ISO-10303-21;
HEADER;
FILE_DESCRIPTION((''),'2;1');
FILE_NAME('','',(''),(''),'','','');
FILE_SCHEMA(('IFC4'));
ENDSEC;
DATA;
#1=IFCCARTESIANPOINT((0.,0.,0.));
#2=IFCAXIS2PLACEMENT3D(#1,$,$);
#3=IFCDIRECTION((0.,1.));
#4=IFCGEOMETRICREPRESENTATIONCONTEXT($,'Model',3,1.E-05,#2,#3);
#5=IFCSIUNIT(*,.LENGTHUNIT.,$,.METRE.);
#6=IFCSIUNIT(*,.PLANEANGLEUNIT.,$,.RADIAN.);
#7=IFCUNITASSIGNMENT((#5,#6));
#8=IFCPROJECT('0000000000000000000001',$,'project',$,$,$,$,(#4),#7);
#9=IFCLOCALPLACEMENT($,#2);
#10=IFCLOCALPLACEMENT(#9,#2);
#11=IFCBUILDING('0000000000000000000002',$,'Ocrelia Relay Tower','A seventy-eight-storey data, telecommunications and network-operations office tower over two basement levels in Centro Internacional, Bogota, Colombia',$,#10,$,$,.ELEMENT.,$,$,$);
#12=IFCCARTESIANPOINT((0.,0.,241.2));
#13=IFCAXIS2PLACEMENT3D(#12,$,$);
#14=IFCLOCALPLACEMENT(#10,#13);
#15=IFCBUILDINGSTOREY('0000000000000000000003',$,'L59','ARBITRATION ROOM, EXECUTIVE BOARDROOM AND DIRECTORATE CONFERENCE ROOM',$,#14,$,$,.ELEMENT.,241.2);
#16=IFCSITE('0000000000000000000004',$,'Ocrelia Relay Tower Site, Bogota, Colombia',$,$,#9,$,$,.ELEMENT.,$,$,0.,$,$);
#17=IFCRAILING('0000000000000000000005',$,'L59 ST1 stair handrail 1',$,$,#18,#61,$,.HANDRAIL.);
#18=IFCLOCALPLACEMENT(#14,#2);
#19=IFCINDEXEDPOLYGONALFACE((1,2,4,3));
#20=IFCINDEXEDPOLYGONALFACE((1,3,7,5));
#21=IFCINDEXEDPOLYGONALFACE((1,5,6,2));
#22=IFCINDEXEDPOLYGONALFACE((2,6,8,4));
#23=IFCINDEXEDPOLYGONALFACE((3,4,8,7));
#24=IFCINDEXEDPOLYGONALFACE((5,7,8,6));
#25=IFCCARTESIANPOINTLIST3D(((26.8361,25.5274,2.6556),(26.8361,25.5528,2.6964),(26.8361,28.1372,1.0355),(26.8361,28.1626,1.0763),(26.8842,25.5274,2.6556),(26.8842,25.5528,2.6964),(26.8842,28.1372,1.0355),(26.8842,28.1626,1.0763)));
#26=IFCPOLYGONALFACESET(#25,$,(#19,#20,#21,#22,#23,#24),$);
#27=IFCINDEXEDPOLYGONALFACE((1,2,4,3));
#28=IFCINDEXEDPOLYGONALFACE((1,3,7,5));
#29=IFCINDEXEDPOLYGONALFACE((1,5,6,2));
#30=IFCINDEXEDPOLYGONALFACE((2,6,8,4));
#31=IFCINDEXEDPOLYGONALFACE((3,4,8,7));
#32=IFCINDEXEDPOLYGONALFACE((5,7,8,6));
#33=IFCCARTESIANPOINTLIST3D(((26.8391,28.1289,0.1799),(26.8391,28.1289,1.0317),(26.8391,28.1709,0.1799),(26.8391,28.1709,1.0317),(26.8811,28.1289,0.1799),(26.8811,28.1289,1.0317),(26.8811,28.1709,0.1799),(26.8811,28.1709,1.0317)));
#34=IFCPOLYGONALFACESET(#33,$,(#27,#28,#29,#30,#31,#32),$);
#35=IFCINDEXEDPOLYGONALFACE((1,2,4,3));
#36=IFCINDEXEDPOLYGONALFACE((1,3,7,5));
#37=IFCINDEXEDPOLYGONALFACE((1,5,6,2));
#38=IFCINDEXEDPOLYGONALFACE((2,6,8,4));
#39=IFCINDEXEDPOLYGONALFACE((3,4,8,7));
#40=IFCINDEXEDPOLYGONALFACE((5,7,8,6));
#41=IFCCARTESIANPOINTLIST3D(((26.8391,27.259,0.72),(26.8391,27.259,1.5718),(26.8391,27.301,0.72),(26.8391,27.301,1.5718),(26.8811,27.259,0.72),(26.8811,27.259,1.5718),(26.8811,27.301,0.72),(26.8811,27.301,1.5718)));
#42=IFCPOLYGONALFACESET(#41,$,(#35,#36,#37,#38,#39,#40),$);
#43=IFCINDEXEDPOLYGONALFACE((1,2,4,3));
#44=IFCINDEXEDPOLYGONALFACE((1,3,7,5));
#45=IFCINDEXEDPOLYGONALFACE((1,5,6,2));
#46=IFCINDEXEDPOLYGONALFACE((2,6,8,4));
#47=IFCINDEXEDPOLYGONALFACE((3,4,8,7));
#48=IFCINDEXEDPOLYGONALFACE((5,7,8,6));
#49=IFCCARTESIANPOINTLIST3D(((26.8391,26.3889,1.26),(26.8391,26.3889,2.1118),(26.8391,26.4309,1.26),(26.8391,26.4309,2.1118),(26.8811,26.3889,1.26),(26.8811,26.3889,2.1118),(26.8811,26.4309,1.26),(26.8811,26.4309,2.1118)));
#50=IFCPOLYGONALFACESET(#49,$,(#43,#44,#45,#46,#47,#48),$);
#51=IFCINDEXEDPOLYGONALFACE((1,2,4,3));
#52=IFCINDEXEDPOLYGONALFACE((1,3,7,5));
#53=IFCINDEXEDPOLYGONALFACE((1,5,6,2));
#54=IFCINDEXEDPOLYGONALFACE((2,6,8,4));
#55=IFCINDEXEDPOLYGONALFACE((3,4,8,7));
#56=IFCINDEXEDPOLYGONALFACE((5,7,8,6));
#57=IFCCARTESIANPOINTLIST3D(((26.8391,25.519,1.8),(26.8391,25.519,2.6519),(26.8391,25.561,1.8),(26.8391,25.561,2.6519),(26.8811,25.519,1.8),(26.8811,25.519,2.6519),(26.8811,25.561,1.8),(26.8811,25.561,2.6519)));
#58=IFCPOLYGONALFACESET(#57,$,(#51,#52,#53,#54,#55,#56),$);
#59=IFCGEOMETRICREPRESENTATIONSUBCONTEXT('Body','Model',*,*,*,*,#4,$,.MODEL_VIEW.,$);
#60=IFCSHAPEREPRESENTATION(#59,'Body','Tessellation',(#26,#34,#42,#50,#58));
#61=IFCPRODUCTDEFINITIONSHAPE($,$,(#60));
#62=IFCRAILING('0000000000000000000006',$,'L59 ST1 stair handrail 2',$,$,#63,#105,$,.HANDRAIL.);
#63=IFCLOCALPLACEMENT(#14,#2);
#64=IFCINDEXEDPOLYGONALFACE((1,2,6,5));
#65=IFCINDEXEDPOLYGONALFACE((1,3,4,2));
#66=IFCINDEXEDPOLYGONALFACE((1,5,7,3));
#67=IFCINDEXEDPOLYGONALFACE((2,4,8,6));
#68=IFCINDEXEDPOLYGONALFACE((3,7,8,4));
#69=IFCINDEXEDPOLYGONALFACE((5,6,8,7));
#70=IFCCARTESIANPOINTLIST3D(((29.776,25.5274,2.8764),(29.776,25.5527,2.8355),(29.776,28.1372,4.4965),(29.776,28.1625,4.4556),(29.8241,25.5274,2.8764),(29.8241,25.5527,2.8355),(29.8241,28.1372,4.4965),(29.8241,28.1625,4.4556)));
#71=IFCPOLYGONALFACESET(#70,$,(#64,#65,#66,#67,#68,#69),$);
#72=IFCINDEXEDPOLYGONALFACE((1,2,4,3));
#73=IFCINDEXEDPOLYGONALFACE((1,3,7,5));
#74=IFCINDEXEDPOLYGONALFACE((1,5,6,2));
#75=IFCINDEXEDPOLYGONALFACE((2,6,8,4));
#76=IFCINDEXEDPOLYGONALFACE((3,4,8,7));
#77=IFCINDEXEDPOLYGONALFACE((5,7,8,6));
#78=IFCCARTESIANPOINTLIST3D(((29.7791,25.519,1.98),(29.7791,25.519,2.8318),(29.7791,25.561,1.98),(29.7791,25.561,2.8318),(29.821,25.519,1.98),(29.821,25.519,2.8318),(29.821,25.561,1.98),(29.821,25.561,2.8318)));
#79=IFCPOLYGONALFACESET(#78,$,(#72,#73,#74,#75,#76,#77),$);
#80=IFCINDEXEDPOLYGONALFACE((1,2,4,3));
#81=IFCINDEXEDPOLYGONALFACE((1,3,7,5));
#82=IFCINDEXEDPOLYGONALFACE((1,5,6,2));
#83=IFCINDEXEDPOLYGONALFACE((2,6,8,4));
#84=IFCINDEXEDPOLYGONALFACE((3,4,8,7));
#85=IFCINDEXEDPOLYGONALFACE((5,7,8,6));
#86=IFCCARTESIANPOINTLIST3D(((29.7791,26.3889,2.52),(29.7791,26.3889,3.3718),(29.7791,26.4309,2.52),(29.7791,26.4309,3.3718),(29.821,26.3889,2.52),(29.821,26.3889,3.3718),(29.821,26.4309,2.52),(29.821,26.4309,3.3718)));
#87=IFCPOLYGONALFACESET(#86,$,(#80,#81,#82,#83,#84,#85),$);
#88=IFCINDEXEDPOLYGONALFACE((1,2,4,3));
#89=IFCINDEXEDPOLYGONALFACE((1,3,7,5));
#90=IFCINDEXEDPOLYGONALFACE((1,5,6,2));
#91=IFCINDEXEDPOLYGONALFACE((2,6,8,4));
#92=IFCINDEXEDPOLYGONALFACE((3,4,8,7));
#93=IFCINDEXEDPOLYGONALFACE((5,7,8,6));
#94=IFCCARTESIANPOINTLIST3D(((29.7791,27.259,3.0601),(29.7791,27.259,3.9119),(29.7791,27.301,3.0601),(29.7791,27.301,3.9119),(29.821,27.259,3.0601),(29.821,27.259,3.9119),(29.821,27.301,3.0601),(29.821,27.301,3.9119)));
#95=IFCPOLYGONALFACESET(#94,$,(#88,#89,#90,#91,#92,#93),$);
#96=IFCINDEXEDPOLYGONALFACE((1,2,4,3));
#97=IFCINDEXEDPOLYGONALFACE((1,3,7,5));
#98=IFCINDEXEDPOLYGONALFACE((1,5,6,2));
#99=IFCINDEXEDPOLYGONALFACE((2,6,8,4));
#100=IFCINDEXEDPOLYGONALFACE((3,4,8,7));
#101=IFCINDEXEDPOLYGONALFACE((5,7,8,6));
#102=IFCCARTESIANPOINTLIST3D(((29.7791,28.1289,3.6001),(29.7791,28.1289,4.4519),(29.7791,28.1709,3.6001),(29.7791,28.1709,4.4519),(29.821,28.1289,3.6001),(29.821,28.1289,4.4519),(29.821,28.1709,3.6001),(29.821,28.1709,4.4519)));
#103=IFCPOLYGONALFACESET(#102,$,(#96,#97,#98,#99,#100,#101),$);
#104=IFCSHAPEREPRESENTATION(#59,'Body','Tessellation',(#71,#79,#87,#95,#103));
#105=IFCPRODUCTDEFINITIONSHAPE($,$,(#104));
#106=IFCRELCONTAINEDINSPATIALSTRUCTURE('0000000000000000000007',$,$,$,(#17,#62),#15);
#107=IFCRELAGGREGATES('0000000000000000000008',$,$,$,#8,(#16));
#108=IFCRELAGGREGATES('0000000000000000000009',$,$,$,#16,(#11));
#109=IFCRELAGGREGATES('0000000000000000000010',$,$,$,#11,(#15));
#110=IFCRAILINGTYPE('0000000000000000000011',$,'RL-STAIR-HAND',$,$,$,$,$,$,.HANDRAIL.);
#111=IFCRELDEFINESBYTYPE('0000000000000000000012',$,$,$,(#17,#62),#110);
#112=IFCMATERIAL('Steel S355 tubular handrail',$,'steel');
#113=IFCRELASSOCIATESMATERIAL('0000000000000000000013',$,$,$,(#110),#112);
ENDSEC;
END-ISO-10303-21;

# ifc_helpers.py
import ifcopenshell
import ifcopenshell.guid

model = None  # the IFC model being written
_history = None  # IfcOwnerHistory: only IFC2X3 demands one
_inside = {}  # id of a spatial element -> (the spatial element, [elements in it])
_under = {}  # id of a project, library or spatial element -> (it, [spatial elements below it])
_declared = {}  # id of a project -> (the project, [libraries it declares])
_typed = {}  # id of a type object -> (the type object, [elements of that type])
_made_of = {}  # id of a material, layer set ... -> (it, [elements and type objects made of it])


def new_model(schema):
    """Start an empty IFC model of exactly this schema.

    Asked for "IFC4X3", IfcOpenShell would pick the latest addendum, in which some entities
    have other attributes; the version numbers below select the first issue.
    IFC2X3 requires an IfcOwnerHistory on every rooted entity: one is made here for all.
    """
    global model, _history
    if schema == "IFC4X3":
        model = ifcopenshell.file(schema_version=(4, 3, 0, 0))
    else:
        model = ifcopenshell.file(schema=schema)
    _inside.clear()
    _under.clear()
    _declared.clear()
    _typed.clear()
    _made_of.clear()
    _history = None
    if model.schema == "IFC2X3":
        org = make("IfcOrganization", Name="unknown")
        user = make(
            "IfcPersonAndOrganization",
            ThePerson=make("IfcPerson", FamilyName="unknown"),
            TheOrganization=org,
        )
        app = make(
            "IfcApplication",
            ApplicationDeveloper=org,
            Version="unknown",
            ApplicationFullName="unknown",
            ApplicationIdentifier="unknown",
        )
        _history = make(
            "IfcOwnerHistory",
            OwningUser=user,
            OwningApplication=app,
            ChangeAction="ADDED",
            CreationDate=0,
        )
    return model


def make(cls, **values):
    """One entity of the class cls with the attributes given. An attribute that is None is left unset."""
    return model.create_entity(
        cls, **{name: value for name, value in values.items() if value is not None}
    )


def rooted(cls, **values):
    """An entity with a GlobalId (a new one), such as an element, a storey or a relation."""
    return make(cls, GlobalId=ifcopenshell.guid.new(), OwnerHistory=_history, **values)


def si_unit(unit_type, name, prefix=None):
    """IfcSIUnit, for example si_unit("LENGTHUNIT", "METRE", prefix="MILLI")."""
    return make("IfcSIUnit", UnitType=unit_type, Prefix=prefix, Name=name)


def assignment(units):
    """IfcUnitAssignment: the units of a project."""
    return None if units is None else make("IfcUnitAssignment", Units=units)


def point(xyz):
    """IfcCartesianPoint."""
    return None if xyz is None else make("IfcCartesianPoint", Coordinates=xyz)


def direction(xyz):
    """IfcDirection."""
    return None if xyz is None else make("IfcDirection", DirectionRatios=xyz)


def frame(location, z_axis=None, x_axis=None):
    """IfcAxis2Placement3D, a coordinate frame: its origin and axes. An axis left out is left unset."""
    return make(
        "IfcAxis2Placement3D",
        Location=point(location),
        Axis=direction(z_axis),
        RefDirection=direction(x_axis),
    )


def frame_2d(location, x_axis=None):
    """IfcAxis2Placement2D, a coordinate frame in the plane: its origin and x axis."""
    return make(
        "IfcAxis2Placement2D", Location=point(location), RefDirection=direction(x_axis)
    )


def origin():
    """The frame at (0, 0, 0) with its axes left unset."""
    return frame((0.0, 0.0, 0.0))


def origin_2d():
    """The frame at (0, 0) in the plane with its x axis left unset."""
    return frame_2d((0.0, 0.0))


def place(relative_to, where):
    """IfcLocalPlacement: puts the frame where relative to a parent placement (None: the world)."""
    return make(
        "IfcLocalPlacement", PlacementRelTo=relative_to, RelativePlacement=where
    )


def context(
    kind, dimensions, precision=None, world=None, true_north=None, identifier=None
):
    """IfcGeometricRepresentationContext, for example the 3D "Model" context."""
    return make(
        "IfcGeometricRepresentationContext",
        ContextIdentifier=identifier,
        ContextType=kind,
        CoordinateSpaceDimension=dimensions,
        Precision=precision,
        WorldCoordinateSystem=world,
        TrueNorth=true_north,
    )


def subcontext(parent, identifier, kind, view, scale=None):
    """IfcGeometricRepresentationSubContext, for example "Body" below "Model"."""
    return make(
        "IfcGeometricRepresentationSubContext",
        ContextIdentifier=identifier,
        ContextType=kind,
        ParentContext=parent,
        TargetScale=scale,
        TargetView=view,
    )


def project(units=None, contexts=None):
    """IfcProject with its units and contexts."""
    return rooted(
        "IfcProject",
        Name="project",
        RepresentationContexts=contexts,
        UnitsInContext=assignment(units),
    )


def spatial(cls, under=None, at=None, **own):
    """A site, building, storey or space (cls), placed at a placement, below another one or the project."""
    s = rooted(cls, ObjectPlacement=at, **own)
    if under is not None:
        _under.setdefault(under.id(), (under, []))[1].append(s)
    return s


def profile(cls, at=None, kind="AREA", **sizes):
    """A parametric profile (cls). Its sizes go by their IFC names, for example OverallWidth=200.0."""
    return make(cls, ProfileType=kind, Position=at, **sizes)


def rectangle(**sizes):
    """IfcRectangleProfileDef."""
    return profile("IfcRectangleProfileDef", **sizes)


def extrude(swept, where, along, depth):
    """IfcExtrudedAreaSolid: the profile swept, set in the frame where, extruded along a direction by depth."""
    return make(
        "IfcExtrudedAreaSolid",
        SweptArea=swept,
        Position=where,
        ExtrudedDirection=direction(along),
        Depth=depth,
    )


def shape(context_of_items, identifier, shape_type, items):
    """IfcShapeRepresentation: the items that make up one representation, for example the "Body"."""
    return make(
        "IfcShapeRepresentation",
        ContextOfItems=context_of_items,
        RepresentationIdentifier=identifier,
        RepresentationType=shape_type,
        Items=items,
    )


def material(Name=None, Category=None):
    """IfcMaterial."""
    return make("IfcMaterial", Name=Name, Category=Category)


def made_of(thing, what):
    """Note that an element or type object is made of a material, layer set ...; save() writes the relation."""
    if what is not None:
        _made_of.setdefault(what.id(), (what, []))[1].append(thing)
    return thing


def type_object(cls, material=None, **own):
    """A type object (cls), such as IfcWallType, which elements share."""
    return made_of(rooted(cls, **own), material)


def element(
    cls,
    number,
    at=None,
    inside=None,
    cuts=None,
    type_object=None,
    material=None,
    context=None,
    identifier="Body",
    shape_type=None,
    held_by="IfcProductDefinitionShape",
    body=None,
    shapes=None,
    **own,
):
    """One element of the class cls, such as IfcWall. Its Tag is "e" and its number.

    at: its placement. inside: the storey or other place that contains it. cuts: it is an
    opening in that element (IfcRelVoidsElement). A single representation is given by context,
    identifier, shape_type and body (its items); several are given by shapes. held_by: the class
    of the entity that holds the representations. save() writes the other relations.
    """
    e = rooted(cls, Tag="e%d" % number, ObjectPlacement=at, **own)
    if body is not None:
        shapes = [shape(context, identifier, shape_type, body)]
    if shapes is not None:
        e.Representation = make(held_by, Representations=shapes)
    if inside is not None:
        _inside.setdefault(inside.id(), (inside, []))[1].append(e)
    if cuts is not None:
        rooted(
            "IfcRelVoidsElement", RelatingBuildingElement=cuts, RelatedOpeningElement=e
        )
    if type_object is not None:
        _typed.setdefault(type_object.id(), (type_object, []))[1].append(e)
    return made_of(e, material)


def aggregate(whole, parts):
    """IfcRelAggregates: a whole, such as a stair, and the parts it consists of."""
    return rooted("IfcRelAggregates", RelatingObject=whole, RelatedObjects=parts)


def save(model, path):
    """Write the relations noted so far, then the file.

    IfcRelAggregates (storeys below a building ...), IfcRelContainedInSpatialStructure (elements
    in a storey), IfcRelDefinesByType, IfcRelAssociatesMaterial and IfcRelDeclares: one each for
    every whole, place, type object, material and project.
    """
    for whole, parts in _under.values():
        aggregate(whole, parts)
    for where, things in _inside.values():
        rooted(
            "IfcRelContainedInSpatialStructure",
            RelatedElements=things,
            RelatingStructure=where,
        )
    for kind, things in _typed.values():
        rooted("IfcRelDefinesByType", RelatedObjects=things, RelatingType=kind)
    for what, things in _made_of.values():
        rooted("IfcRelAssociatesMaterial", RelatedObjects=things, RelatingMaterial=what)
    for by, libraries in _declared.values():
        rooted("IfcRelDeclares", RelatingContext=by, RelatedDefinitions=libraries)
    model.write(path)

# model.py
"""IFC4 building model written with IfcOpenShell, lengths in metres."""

from ifc_helpers import new_model, si_unit, direction, frame, origin, origin_2d, place, context, subcontext, project, spatial, rectangle, extrude, material, type_object, element, save


model = new_model("IFC4")

# Units and contexts
model_context = context("Model", 3, precision=1e-05, world=origin(), true_north=direction((0.0, 1.0)))
body_context = subcontext(model_context, "Body", "Model", "MODEL_VIEW")
ifc_project = project(units=[si_unit("LENGTHUNIT", "METRE"), si_unit("PLANEANGLEUNIT", "RADIAN")], contexts=[model_context])

# Site, building, storey
site_placement = place(None, origin())
site = spatial("IfcSite", under=ifc_project, at=site_placement, Name="Ocrelia Relay Tower Site, Bogota, Colombia", CompositionType="ELEMENT", RefElevation=0.0)
building_placement = place(site_placement, origin())
building = spatial("IfcBuilding", under=site, at=building_placement, Name="Ocrelia Relay Tower", Description="A seventy-eight-storey data, telecommunications and network-operations office tower over two basement levels in Centro Internacional, Bogota, Colombia", CompositionType="ELEMENT")
storey_placement = place(building_placement, frame((0.0, 0.0, 241.2)))
storey = spatial("IfcBuildingStorey", under=building, at=storey_placement, Name="L59", Description="ARBITRATION ROOM, EXECUTIVE BOARDROOM AND DIRECTORATE CONFERENCE ROOM", CompositionType="ELEMENT", Elevation=241.2)

# Railings
ifc_material_1 = material(Name="Steel S355 tubular handrail", Category="steel")
railing_type_1 = type_object("IfcRailingType", Name="RL-STAIR-HAND", PredefinedType="HANDRAIL", material=ifc_material_1)
railing_1_placement = place(storey_placement, frame((26.8601, 28.1499, 0.1799)))
element("IfcRailing", 1, at=railing_1_placement, inside=storey, type_object=railing_type_1, Name="L59 ST1 stair handrail 1", PredefinedType="HANDRAIL", context=body_context, shape_type="SweptSolid", body=[
    extrude(rectangle(XDim=0.0481, YDim=0.0481, at=origin_2d()), frame((0.0, 0.0, 0.876), z_axis=(0.0, -0.849611, 0.52741), x_axis=(1.0, 0.0, 0.0)), (0.0, 0.0, 1.0), 3.0718),
    extrude(rectangle(XDim=0.042, YDim=0.042, at=origin_2d()), origin(), (0.0, 0.0, 1.0), 0.8518),
    extrude(rectangle(XDim=0.042, YDim=0.042, at=origin_2d()), frame((0.0, -0.8699, 0.54)), (0.0, 0.0, 1.0), 0.8518),
    extrude(rectangle(XDim=0.042, YDim=0.042, at=origin_2d()), frame((0.0, -1.74, 1.0801)), (0.0, 0.0, 1.0), 0.8518),
    extrude(rectangle(XDim=0.042, YDim=0.042, at=origin_2d()), frame((0.0, -2.6099, 1.6201)), (0.0, 0.0, 1.0), 0.8518),
])
railing_2_placement = place(storey_placement, frame((29.8, 25.54, 1.98)))
element("IfcRailing", 2, at=railing_2_placement, inside=storey, type_object=railing_type_1, Name="L59 ST1 stair handrail 2", PredefinedType="HANDRAIL", context=body_context, shape_type="SweptSolid", body=[
    extrude(rectangle(XDim=0.0481, YDim=0.0481, at=origin_2d()), frame((0.0, 0.0, 0.876), z_axis=(0.0, 0.849611, 0.52741), x_axis=(-1.0, 0.0, 0.0)), (0.0, 0.0, 1.0), 3.0718),
    extrude(rectangle(XDim=0.042, YDim=0.042, at=origin_2d()), origin(), (0.0, 0.0, 1.0), 0.8518),
    extrude(rectangle(XDim=0.042, YDim=0.042, at=origin_2d()), frame((0.0, 0.8699, 0.54)), (0.0, 0.0, 1.0), 0.8518),
    extrude(rectangle(XDim=0.042, YDim=0.042, at=origin_2d()), frame((0.0, 1.74, 1.0801)), (0.0, 0.0, 1.0), 0.8518),
    extrude(rectangle(XDim=0.042, YDim=0.042, at=origin_2d()), frame((0.0, 2.6099, 1.6201)), (0.0, 0.0, 1.0), 0.8518),
])

save(model, "model.ifc")
